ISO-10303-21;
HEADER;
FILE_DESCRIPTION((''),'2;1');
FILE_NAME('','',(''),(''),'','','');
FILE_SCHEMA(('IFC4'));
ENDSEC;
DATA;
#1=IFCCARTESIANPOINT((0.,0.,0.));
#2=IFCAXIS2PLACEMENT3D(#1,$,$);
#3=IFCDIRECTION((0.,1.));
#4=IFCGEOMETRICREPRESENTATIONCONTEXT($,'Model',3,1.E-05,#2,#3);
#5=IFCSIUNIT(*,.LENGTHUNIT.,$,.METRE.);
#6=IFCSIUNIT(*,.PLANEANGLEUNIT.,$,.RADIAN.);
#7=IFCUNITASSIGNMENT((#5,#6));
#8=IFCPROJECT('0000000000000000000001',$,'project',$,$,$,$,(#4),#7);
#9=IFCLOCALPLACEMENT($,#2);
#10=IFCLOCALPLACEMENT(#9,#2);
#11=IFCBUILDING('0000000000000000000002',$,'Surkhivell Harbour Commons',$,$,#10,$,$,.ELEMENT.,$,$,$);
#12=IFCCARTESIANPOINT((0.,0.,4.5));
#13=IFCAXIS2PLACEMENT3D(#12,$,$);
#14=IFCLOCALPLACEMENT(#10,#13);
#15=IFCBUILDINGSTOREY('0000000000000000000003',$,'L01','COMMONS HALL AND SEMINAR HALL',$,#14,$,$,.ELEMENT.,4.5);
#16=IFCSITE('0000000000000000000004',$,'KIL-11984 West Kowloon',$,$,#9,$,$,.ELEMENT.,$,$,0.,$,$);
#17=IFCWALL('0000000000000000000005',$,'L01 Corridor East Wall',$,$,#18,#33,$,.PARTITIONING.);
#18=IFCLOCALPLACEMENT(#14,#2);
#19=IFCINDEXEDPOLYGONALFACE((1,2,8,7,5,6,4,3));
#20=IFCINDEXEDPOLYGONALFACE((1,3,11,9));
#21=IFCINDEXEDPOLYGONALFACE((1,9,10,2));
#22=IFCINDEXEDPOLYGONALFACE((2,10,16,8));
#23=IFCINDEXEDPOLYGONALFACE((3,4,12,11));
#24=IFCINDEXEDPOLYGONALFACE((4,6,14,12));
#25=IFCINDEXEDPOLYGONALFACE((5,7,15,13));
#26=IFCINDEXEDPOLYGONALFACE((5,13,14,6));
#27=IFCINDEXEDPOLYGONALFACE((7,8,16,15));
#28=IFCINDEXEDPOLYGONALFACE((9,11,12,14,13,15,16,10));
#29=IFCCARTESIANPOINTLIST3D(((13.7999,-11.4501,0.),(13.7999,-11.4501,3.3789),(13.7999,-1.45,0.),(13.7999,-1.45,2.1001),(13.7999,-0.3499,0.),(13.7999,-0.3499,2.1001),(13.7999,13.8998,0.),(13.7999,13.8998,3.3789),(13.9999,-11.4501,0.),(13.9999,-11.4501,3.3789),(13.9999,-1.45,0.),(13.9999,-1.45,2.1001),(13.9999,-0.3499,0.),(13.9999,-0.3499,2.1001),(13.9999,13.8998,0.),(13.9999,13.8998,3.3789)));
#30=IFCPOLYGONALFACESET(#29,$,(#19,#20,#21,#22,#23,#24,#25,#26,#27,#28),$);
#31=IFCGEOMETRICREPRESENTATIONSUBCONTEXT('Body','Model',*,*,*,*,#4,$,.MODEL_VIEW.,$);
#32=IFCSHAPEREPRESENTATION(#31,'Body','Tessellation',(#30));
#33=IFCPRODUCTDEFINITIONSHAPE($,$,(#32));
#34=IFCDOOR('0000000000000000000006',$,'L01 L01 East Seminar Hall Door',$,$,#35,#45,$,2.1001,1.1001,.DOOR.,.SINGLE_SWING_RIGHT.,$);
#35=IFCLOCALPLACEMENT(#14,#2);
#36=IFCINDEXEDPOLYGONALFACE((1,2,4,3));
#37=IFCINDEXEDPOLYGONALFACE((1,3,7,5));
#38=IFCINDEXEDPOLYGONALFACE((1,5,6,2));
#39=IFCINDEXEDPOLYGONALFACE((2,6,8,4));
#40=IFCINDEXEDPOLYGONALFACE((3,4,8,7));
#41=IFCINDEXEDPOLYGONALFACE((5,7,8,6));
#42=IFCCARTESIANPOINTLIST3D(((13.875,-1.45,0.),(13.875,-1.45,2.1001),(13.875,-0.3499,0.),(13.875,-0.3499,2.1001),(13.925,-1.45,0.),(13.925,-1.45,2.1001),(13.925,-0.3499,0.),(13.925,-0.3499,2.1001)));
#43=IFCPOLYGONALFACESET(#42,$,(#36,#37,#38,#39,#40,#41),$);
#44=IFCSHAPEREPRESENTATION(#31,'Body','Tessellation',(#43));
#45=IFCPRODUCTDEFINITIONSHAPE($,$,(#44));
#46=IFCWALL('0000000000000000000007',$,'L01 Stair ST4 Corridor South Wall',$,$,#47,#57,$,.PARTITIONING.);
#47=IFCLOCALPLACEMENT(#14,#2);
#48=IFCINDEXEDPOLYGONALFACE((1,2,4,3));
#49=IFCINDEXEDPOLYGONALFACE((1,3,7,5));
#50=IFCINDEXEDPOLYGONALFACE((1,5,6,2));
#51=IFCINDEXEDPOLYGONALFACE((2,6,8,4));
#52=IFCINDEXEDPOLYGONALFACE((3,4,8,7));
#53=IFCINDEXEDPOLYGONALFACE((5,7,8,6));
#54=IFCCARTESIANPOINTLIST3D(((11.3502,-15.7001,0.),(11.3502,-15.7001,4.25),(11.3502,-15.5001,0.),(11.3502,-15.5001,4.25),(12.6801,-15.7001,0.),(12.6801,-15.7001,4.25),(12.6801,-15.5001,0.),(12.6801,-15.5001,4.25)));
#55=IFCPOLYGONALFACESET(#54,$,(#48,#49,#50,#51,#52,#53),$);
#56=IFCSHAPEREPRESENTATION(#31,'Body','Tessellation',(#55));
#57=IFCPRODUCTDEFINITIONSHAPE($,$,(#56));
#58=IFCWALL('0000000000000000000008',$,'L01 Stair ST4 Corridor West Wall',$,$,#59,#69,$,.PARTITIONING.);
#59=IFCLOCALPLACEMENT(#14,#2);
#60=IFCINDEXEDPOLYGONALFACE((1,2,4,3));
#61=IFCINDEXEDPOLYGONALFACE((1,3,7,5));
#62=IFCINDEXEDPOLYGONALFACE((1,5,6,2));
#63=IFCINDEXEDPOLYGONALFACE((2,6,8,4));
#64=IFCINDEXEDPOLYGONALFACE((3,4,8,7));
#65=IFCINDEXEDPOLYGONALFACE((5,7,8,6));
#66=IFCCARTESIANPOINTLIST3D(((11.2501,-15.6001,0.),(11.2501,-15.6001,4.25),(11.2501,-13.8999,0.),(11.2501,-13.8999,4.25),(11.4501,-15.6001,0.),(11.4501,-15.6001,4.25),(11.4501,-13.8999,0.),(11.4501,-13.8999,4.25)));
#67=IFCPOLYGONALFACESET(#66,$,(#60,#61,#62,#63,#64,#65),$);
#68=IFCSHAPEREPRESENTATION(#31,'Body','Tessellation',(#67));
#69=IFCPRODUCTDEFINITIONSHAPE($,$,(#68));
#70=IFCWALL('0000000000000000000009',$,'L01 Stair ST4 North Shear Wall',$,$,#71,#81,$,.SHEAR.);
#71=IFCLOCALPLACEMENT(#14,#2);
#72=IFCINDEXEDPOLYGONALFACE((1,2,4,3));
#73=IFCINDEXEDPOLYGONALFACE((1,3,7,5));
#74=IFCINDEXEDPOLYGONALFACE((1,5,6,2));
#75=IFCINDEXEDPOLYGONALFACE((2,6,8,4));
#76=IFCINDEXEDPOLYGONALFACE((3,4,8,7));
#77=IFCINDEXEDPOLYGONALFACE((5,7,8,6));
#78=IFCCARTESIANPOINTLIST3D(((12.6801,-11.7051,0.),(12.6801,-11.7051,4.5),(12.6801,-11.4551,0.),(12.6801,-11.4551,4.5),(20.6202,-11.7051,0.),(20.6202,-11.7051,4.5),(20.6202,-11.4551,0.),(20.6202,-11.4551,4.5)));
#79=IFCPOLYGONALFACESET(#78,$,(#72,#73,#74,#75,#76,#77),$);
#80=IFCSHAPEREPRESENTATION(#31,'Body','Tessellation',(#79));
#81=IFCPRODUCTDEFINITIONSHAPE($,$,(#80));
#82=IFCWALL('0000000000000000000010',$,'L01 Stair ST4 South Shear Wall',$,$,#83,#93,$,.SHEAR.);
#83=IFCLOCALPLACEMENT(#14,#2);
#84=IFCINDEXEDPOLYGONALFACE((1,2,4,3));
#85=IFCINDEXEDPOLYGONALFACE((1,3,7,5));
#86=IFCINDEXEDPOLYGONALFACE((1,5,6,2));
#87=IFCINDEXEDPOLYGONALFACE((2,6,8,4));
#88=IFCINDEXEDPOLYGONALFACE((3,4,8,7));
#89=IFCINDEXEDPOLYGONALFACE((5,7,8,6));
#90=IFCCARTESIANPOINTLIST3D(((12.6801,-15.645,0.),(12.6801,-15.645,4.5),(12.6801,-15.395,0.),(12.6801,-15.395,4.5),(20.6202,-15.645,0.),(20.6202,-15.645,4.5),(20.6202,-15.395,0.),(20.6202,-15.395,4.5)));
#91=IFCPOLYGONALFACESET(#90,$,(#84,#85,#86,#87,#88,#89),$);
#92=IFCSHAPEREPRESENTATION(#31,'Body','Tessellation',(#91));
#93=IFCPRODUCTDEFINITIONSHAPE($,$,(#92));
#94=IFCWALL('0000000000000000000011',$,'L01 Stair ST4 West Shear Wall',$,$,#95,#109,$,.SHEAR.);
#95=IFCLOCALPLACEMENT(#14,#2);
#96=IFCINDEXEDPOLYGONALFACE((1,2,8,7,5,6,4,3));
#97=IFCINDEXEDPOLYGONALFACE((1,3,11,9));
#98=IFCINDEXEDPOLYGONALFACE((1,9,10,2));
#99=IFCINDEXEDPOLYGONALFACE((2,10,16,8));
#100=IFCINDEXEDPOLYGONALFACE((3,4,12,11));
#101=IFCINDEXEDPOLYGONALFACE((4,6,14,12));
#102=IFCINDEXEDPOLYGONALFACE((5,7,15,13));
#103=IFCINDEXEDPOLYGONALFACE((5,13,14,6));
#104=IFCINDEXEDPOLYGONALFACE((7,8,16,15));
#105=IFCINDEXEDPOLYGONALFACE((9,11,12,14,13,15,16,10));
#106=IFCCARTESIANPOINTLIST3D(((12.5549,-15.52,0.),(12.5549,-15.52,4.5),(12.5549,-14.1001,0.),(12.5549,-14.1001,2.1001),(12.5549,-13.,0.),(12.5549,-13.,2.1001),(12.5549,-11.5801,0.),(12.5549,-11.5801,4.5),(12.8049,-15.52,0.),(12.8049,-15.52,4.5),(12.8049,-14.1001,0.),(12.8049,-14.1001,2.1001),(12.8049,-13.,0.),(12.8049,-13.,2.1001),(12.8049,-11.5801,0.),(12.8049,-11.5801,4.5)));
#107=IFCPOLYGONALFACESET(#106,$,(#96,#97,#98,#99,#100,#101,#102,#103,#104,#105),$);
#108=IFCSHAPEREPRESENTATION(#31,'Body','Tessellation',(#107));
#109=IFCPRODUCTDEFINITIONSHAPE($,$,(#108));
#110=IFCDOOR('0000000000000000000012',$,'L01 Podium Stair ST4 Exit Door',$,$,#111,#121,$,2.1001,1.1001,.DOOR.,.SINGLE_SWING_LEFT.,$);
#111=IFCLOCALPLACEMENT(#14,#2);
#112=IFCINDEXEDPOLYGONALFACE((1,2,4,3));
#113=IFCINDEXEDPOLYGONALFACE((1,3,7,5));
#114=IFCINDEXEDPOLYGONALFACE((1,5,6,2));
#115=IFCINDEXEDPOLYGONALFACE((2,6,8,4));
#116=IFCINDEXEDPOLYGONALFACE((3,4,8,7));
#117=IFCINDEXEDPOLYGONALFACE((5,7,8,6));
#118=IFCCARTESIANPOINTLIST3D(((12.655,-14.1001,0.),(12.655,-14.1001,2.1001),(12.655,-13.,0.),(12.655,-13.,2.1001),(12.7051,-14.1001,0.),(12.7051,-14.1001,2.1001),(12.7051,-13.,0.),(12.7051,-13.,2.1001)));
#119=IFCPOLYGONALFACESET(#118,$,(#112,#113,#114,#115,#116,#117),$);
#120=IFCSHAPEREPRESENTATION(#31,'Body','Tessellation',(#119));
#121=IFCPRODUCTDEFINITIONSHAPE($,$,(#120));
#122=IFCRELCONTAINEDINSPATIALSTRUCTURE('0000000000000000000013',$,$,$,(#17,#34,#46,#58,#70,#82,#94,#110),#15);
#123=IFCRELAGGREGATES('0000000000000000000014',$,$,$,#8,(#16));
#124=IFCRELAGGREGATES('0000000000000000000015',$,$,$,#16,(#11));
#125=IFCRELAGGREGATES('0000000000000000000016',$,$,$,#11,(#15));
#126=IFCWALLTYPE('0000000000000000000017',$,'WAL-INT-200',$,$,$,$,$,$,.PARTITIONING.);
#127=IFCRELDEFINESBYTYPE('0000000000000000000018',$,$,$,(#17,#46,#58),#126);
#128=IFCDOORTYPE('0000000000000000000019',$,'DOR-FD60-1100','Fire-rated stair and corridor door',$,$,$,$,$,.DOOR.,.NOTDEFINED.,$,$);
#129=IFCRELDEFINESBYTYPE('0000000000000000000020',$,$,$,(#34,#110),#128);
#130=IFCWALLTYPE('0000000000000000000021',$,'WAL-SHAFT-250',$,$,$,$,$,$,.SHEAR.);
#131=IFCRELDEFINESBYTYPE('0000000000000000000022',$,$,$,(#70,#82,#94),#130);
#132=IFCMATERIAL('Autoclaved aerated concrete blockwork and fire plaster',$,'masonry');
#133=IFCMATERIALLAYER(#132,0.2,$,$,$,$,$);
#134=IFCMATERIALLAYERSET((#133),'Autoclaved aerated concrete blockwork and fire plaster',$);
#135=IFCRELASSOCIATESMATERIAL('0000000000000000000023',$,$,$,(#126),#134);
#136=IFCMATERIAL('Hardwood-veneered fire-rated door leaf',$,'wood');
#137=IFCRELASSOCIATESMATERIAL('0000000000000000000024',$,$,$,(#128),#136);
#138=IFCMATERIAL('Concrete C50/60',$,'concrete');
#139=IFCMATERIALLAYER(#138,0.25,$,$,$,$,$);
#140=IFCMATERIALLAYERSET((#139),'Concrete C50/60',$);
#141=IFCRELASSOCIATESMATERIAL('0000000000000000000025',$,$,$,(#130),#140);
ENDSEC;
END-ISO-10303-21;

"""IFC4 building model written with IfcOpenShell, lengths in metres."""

from ifc_helpers import new_model, si_unit, direction, frame, frame_2d, origin, place, context, subcontext, project, spatial, rectangle, extrude, material, layer, layer_set, type_object, element, fill, save


model = new_model("IFC4")

# Units and contexts
model_context = context("Model", 3, precision=1e-05, world=origin(), true_north=direction((0.0, 1.0)))
body_context = subcontext(model_context, "Body", "Model", "MODEL_VIEW")
ifc_project = project(units=[si_unit("LENGTHUNIT", "METRE"), si_unit("PLANEANGLEUNIT", "RADIAN")], contexts=[model_context])

# Site, building, storey
site_placement = place(None, origin())
site = spatial("IfcSite", under=ifc_project, at=site_placement, Name="KIL-11984 West Kowloon", CompositionType="ELEMENT", RefElevation=0.0)
building_placement = place(site_placement, origin())
building = spatial("IfcBuilding", under=site, at=building_placement, Name="Surkhivell Harbour Commons", CompositionType="ELEMENT")
storey_placement = place(building_placement, frame((0.0, 0.0, 4.5)))
storey = spatial("IfcBuildingStorey", under=building, at=storey_placement, Name="L01", Description="COMMONS HALL AND SEMINAR HALL", CompositionType="ELEMENT", Elevation=4.5)

# Wall, opening, door
ifc_material_1 = material(Name="Autoclaved aerated concrete blockwork and fire plaster", Category="masonry")
ifc_layer_1 = layer(ifc_material_1, 0.2)
ifc_layer_set_1 = layer_set([ifc_layer_1], Name="Autoclaved aerated concrete blockwork and fire plaster")
wall_type_1 = type_object("IfcWallType", Name="WAL-INT-200", PredefinedType="PARTITIONING", material=ifc_layer_set_1)
wall_1_placement = place(storey_placement, frame((13.8999, -11.45, 0.0), z_axis=(0.0, 0.0, 1.0), x_axis=(0.0, 1.0, 0.0)))
wall_1 = element("IfcWall", 1, at=wall_1_placement, inside=storey, type_object=wall_type_1, Name="L01 Corridor East Wall", PredefinedType="PARTITIONING", context=body_context, shape_type="SweptSolid", body=[
    extrude(rectangle(XDim=25.3499, YDim=0.2, at=frame_2d((12.6748, 0.0))), origin(), (0.0, 0.0, 1.0), 3.3789),
])
opening_1_placement = place(wall_1_placement, frame((10.0, 0.0, 0.0)))
opening_1 = element("IfcOpeningElement", 2, at=opening_1_placement, cuts=wall_1, PredefinedType="OPENING", context=body_context, shape_type="SweptSolid", body=[
    extrude(rectangle(XDim=1.1001, YDim=2.1001, at=frame_2d((0.55, 1.05))), frame((0.0, 0.1099, 0.0), z_axis=(0.0, -1.0, 0.0), x_axis=(1.0, 0.0, 0.0)), (0.0, 0.0, 1.0), 0.22),
])
ifc_material_2 = material(Name="Hardwood-veneered fire-rated door leaf", Category="wood")
door_type = type_object("IfcDoorType", Name="DOR-FD60-1100", Description="Fire-rated stair and corridor door", OperationType="NOTDEFINED", PredefinedType="DOOR", material=ifc_material_2)
door_1_placement = place(opening_1_placement, origin())
door_1 = element("IfcDoor", 3, at=door_1_placement, inside=storey, type_object=door_type, Name="L01 L01 East Seminar Hall Door", OperationType="SINGLE_SWING_RIGHT", OverallHeight=2.1001, OverallWidth=1.1001, PredefinedType="DOOR", context=body_context, shape_type="SweptSolid", body=[
    extrude(rectangle(XDim=1.1001, YDim=2.1001, at=frame_2d((0.55, 1.05))), frame((0.0, 0.0249, 0.0), z_axis=(0.0, -1.0, 0.0), x_axis=(1.0, 0.0, 0.0)), (0.0, 0.0, 1.0), 0.05),
])
fill(opening_1, door_1)

# Walls
wall_2_placement = place(storey_placement, frame((11.3501, -15.6001, 0.0), z_axis=(0.0, 0.0, 1.0), x_axis=(1.0, 0.0, 0.0)))
element("IfcWall", 4, at=wall_2_placement, inside=storey, type_object=wall_type_1, Name="L01 Stair ST4 Corridor South Wall", PredefinedType="PARTITIONING", context=body_context, shape_type="SweptSolid", body=[
    extrude(rectangle(XDim=1.3298, YDim=0.2, at=frame_2d((0.665, 0.0))), origin(), (0.0, 0.0, 1.0), 4.25),
])
wall_3_placement = place(storey_placement, frame((11.3501, -15.6001, 0.0), z_axis=(0.0, 0.0, 1.0), x_axis=(0.0, 1.0, 0.0)))
element("IfcWall", 5, at=wall_3_placement, inside=storey, type_object=wall_type_1, Name="L01 Stair ST4 Corridor West Wall", PredefinedType="PARTITIONING", context=body_context, shape_type="SweptSolid", body=[
    extrude(rectangle(XDim=1.7002, YDim=0.2, at=frame_2d((0.8501, 0.0))), origin(), (0.0, 0.0, 1.0), 4.25),
])
ifc_material_3 = material(Name="Concrete C50/60", Category="concrete")
ifc_layer_2 = layer(ifc_material_3, 0.25)
ifc_layer_set_2 = layer_set([ifc_layer_2], Name="Concrete C50/60")
wall_type_2 = type_object("IfcWallType", Name="WAL-SHAFT-250", PredefinedType="SHEAR", material=ifc_layer_set_2)
for number, where, z_axis, x_axis, name in (
    (6, (12.6799, -11.5801, 0.0), (0.0, 0.0, 1.0), (1.0, 0.0, 0.0), "L01 Stair ST4 North Shear Wall"),
    (7, (12.6799, -15.52, 0.0), (0.0, 0.0, 1.0), (1.0, 0.0, 0.0), "L01 Stair ST4 South Shear Wall"),
):
    element("IfcWall", number, at=place(storey_placement, frame(where, z_axis=z_axis, x_axis=x_axis)), inside=storey, type_object=wall_type_2, Name=name, PredefinedType="SHEAR", context=body_context, shape_type="SweptSolid", body=[
        extrude(rectangle(XDim=7.9402, YDim=0.25, at=frame_2d((3.9702, 0.0))), origin(), (0.0, 0.0, 1.0), 4.5),
    ])

# Wall, opening, door
wall_4_placement = place(storey_placement, frame((12.6799, -15.52, 0.0), z_axis=(0.0, 0.0, 1.0), x_axis=(0.0, 1.0, 0.0)))
wall_4 = element("IfcWall", 8, at=wall_4_placement, inside=storey, type_object=wall_type_2, Name="L01 Stair ST4 West Shear Wall", PredefinedType="SHEAR", context=body_context, shape_type="SweptSolid", body=[
    extrude(rectangle(XDim=3.9399, YDim=0.25, at=frame_2d((1.97, 0.0))), origin(), (0.0, 0.0, 1.0), 4.5),
])
opening_2_placement = place(wall_4_placement, frame((1.4199, 0.0, 0.0)))
opening_2 = element("IfcOpeningElement", 9, at=opening_2_placement, cuts=wall_4, PredefinedType="OPENING", context=body_context, shape_type="SweptSolid", body=[
    extrude(rectangle(XDim=1.1001, YDim=2.1001, at=frame_2d((0.55, 1.05))), frame((0.0, 0.135, 0.0), z_axis=(0.0, -1.0, 0.0), x_axis=(1.0, 0.0, 0.0)), (0.0, 0.0, 1.0), 0.27),
])
door_2_placement = place(opening_2_placement, origin())
door_2 = element("IfcDoor", 10, at=door_2_placement, inside=storey, type_object=door_type, Name="L01 Podium Stair ST4 Exit Door", OperationType="SINGLE_SWING_LEFT", OverallHeight=2.1001, OverallWidth=1.1001, PredefinedType="DOOR", context=body_context, shape_type="SweptSolid", body=[
    extrude(rectangle(XDim=1.1001, YDim=2.1001, at=frame_2d((0.55, 1.05))), frame((0.0, 0.0249, 0.0), z_axis=(0.0, -1.0, 0.0), x_axis=(1.0, 0.0, 0.0)), (0.0, 0.0, 1.0), 0.05),
])
fill(opening_2, door_2)

save(model, "model.ifc")
